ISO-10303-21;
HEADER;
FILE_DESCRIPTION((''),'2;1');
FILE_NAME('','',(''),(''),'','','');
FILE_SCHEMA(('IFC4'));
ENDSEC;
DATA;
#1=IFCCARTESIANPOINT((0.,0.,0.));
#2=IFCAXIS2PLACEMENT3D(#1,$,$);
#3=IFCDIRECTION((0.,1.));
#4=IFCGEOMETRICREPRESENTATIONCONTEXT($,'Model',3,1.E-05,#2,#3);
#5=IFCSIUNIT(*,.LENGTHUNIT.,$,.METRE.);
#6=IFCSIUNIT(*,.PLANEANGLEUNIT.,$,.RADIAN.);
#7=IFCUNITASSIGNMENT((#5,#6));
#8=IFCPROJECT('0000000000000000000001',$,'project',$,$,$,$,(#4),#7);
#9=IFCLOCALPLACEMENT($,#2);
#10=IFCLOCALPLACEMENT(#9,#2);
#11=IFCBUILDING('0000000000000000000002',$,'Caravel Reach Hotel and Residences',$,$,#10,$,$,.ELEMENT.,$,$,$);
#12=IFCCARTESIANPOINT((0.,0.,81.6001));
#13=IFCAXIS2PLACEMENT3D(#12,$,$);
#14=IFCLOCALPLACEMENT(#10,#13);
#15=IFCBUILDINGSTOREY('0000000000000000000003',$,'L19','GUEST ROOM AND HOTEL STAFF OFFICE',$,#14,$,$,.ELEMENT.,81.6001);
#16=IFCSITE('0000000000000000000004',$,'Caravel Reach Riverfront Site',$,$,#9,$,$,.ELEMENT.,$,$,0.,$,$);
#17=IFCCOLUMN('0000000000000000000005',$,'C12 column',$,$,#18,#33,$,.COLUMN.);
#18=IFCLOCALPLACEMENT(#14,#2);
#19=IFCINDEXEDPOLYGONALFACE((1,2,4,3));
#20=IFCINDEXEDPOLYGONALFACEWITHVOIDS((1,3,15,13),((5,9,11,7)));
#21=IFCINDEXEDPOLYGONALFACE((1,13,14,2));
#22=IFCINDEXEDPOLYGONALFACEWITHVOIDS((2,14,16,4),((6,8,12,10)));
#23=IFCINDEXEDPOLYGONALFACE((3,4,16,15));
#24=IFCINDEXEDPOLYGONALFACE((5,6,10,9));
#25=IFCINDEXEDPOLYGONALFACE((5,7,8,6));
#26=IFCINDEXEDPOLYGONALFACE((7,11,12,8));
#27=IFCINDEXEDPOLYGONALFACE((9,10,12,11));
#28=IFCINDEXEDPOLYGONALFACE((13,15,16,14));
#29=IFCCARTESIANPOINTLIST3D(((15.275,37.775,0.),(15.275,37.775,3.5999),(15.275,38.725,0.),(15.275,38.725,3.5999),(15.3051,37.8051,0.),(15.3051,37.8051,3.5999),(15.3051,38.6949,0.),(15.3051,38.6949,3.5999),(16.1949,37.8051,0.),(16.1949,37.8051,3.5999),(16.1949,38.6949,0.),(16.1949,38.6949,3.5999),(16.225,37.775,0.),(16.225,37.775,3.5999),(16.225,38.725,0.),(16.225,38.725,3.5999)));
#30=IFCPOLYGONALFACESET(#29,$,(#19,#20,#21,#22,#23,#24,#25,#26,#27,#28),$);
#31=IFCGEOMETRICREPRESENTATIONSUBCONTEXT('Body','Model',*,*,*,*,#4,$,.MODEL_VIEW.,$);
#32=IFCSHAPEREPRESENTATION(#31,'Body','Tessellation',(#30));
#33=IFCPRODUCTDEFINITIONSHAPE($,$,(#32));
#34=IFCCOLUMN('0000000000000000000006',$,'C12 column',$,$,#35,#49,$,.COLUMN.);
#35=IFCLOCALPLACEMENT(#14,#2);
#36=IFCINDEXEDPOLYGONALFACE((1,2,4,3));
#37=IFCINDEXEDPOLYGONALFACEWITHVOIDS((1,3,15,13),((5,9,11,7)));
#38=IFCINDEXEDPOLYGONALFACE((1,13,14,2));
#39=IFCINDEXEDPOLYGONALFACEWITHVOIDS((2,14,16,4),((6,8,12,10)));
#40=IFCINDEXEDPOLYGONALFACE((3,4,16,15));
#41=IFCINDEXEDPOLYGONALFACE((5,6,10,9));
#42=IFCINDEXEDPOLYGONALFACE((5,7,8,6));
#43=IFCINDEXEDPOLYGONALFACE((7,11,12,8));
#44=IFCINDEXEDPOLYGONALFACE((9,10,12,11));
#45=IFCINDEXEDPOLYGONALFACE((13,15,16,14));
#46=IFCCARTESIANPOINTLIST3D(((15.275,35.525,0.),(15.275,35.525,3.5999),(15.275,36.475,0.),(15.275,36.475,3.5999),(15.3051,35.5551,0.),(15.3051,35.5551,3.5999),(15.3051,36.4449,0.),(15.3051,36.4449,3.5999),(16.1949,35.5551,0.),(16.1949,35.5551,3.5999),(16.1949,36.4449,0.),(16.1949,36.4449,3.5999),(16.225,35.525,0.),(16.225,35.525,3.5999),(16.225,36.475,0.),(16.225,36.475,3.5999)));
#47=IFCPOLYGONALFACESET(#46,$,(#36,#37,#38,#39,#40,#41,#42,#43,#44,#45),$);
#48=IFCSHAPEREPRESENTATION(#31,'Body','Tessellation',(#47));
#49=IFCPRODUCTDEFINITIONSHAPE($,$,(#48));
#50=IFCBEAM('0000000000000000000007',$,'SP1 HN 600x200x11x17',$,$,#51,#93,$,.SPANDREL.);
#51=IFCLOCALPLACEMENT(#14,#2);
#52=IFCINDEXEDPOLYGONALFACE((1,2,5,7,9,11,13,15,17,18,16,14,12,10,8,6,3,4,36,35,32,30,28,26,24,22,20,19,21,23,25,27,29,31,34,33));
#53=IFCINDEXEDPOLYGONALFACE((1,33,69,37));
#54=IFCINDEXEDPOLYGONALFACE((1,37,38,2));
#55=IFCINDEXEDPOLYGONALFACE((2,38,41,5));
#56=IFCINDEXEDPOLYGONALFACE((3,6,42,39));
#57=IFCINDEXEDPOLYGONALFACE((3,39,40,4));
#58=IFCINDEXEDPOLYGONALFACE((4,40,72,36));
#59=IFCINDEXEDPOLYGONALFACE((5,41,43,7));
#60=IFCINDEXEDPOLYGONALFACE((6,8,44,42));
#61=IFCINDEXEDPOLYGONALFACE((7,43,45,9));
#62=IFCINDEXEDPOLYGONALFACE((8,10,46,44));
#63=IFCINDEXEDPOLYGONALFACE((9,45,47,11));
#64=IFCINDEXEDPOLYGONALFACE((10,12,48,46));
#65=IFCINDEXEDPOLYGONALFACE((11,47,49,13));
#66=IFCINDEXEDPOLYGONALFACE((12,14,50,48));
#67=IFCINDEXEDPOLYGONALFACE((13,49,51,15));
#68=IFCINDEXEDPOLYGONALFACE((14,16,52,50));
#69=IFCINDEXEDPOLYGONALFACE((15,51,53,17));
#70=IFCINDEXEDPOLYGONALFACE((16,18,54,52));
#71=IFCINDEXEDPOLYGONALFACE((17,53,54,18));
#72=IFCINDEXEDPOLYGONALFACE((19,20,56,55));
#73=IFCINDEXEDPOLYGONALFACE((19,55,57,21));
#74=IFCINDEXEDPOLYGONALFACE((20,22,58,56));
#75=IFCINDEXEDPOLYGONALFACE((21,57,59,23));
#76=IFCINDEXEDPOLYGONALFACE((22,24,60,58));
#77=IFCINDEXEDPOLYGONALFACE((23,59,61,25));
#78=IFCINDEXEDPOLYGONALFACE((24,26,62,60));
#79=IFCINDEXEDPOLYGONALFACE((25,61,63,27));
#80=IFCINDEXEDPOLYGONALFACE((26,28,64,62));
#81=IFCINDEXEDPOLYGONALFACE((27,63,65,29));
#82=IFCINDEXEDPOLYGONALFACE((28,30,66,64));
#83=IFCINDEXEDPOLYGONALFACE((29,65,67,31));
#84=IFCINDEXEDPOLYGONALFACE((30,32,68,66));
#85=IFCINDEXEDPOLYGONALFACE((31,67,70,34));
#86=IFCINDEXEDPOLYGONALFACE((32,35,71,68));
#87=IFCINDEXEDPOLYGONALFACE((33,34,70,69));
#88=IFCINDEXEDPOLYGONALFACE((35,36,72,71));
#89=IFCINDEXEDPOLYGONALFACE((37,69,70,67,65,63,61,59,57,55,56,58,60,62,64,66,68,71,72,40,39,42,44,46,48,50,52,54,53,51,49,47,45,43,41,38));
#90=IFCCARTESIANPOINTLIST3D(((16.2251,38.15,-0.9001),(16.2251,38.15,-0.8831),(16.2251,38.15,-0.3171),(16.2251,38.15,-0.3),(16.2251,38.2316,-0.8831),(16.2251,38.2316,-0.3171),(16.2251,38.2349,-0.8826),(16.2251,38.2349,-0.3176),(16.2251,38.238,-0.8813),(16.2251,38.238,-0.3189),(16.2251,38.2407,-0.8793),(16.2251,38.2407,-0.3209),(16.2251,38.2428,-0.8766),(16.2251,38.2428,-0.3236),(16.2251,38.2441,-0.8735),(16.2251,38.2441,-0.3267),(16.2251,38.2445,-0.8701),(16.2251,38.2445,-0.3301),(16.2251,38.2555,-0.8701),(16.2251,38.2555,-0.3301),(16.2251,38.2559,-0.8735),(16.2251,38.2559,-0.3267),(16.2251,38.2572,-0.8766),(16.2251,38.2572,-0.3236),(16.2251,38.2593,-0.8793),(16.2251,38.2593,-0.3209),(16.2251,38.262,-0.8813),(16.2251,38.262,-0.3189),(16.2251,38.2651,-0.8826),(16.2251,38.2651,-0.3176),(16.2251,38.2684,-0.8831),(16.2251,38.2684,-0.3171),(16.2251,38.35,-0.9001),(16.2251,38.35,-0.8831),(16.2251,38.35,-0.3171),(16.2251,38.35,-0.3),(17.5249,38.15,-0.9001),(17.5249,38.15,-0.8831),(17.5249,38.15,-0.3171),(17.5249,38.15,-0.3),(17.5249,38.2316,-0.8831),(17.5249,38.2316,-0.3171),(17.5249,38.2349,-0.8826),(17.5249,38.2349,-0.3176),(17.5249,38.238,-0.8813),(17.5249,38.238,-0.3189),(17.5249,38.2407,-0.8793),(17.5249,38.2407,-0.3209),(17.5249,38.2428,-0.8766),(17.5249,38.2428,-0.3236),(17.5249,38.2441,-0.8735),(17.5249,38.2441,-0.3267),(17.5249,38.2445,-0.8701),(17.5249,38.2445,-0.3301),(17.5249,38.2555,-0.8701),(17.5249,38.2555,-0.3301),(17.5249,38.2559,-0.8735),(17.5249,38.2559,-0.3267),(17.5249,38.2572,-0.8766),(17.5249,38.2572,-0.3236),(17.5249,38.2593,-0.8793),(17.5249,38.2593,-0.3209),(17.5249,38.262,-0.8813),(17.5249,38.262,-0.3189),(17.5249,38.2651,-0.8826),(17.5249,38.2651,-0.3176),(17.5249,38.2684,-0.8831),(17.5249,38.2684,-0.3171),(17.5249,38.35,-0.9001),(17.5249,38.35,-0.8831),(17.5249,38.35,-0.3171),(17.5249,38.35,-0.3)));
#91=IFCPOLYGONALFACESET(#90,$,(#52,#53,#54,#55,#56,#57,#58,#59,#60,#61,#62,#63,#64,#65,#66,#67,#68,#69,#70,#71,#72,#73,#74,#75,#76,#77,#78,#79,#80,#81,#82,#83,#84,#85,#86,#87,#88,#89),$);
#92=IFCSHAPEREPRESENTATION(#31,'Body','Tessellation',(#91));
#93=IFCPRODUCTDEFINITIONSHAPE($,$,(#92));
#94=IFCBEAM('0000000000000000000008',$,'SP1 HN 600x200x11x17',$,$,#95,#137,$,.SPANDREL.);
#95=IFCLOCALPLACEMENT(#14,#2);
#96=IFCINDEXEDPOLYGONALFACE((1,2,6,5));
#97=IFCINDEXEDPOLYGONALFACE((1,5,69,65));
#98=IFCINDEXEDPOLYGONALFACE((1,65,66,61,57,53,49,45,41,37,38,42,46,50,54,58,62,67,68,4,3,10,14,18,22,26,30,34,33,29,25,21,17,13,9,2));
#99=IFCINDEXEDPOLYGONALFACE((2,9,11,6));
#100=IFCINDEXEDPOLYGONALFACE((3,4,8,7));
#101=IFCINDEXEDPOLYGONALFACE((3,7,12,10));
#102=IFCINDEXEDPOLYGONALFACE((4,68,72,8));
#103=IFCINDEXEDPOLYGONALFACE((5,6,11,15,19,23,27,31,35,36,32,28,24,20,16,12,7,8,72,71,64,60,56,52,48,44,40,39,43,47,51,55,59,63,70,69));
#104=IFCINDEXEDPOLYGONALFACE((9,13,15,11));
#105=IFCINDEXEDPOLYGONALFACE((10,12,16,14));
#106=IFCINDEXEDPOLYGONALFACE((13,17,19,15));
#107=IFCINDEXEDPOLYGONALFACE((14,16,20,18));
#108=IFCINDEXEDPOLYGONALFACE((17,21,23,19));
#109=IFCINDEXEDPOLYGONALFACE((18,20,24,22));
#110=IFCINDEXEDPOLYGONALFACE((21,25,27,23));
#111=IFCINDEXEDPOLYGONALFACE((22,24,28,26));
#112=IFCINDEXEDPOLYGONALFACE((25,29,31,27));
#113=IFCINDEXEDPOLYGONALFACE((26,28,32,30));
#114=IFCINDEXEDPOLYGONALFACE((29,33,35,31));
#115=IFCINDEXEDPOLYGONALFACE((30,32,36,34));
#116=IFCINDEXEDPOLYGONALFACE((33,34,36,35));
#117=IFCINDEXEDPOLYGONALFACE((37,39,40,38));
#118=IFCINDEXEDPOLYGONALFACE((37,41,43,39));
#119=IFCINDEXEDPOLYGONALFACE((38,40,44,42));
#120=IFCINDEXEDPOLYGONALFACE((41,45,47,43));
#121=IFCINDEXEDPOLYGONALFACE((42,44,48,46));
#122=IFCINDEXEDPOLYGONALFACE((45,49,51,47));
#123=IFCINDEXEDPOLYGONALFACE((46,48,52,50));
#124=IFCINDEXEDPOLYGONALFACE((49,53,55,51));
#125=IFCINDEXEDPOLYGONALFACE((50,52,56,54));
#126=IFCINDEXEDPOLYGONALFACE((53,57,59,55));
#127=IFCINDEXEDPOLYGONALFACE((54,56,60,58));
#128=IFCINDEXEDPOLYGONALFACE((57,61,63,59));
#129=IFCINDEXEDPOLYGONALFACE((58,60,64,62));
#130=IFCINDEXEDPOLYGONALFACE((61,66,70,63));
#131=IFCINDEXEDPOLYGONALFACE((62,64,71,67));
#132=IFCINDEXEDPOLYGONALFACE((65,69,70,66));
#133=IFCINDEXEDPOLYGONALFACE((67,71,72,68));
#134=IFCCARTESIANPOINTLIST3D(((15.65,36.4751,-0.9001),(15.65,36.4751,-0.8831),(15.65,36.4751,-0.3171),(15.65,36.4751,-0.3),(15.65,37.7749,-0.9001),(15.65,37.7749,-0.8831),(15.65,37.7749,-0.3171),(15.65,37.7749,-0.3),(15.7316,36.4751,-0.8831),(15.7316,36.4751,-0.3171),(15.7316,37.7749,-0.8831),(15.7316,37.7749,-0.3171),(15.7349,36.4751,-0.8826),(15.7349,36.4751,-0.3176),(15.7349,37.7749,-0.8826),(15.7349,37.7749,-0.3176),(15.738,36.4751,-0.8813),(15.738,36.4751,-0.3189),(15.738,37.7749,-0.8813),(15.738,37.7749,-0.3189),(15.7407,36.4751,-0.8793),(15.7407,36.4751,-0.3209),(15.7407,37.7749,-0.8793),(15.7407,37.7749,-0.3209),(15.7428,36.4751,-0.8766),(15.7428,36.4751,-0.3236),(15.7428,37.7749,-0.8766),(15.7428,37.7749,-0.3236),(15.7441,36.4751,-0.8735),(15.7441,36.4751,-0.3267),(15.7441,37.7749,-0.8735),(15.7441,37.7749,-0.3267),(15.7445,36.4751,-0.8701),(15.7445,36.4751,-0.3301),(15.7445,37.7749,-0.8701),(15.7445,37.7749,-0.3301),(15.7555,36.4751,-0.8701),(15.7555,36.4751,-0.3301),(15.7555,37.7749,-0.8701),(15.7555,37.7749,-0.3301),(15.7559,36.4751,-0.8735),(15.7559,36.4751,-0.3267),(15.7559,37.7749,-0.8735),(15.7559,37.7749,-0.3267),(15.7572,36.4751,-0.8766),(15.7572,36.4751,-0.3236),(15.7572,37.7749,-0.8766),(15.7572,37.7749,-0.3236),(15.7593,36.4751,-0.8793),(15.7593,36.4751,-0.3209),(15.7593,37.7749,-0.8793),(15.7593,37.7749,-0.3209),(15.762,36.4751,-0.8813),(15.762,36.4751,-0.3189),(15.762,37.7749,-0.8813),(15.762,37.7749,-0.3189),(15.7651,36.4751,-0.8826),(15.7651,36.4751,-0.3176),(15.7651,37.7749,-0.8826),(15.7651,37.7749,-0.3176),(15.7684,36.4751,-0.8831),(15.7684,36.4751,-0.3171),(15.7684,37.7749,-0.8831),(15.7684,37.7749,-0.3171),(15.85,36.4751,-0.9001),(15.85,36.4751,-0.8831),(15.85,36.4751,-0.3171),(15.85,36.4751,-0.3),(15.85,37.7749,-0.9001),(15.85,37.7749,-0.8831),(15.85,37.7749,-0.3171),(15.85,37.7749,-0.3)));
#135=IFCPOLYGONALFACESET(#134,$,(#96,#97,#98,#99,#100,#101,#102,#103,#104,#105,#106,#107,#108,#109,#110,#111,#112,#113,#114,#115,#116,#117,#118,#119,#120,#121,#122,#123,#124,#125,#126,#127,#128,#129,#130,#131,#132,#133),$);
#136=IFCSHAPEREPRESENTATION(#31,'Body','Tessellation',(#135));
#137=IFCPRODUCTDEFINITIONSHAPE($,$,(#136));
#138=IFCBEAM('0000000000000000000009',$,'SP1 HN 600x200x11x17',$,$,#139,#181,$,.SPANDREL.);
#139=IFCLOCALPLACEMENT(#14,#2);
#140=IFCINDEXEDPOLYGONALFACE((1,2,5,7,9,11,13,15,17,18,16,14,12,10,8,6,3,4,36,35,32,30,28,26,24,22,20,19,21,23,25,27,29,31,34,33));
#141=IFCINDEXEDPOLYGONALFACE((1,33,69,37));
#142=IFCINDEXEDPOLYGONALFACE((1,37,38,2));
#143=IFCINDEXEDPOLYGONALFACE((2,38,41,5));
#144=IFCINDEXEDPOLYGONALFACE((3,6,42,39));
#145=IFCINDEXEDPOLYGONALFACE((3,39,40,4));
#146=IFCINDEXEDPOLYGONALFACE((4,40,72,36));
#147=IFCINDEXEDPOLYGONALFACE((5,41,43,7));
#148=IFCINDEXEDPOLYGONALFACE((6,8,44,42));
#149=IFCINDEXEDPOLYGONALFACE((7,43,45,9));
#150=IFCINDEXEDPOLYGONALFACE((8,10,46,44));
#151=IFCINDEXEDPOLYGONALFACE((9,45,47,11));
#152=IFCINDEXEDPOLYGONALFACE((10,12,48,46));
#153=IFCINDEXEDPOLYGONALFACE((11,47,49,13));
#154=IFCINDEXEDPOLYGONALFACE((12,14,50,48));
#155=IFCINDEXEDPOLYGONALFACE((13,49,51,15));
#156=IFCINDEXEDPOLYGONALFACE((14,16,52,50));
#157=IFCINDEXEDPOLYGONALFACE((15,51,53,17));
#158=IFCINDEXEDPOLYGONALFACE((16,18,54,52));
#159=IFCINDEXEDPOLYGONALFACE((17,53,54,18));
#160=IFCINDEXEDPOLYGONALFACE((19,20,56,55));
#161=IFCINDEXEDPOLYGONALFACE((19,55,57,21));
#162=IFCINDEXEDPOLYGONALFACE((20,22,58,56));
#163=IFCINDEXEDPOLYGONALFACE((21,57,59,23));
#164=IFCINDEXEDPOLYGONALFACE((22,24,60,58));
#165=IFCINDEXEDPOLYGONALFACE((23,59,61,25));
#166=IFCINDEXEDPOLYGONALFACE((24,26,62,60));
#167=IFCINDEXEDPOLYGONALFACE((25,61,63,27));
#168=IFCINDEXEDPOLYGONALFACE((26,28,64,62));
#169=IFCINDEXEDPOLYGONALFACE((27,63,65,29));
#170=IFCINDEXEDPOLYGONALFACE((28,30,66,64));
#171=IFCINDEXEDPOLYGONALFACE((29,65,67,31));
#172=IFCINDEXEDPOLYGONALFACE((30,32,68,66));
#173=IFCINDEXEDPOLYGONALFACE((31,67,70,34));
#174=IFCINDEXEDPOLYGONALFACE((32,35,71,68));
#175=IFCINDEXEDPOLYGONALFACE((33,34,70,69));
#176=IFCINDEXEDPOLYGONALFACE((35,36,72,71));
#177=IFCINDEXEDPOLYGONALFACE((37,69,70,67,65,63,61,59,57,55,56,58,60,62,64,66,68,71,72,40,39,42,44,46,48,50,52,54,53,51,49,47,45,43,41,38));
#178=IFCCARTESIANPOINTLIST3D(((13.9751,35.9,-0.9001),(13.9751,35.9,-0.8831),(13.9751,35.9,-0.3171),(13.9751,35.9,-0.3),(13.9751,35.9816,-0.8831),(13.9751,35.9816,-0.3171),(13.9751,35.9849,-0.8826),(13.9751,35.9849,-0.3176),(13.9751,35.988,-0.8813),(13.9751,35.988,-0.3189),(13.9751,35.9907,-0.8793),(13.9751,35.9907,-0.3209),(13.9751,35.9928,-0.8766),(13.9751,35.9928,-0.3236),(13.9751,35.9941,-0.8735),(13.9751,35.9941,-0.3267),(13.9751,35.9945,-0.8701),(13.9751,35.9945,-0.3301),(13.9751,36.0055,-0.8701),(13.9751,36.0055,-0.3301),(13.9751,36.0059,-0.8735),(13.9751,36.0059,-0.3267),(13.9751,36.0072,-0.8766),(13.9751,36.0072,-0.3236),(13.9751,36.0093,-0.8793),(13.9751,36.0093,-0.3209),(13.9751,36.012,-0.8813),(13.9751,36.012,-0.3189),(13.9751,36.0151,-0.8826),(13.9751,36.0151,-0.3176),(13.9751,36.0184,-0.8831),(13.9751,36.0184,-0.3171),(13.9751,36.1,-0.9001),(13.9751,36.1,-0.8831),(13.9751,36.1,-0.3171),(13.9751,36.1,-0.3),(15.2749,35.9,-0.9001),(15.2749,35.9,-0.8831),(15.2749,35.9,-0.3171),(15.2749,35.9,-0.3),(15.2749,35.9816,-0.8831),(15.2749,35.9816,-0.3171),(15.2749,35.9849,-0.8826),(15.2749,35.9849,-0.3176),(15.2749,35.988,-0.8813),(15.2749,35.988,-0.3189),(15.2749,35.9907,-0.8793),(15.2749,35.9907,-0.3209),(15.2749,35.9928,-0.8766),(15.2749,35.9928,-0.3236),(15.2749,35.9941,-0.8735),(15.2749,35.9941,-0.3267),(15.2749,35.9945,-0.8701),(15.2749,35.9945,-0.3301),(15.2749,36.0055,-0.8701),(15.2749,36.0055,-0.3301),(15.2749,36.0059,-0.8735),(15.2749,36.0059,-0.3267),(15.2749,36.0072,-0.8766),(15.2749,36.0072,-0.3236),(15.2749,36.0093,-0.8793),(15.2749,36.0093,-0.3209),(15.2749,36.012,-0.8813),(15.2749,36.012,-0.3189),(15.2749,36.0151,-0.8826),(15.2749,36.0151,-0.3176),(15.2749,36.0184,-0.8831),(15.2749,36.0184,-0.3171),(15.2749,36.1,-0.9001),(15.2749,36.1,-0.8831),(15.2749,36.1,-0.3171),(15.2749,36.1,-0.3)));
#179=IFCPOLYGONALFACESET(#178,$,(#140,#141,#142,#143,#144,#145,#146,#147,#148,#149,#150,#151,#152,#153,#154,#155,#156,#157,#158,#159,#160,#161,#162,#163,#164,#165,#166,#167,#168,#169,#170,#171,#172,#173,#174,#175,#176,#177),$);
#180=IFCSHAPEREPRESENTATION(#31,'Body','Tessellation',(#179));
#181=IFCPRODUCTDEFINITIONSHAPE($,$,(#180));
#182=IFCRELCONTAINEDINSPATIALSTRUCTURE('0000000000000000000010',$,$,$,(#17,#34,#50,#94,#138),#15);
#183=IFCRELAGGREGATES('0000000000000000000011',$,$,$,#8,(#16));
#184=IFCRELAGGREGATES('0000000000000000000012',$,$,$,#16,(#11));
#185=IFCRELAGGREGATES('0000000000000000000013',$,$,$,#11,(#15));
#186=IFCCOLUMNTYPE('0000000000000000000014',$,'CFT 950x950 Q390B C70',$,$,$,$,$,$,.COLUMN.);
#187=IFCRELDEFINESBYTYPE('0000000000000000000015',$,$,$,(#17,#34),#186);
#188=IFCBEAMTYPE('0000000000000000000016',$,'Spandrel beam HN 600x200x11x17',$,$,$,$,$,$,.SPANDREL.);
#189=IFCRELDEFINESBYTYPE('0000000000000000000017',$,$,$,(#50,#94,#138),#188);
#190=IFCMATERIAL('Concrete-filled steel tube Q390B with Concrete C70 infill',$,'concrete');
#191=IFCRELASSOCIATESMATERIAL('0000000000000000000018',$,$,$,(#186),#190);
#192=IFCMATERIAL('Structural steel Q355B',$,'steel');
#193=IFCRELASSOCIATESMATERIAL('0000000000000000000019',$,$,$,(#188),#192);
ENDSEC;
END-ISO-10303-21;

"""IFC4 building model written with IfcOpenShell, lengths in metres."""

from ifc_helpers import new_model, si_unit, direction, frame, origin, origin_2d, place, context, subcontext, project, spatial, hollow_rectangle, i_section, extrude, material, material_profile, profile_set, type_object, element, save


model = new_model("IFC4")

# Units and contexts
model_context = context("Model", 3, precision=1e-05, world=origin(), true_north=direction((0.0, 1.0)))
body_context = subcontext(model_context, "Body", "Model", "MODEL_VIEW")
ifc_project = project(units=[si_unit("LENGTHUNIT", "METRE"), si_unit("PLANEANGLEUNIT", "RADIAN")], contexts=[model_context])

# Site, building, storey
site_placement = place(None, origin())
site = spatial("IfcSite", under=ifc_project, at=site_placement, Name="Caravel Reach Riverfront Site", CompositionType="ELEMENT", RefElevation=0.0)
building_placement = place(site_placement, origin())
building = spatial("IfcBuilding", under=site, at=building_placement, Name="Caravel Reach Hotel and Residences", CompositionType="ELEMENT")
storey_placement = place(building_placement, frame((0.0, 0.0, 81.6001)))
storey = spatial("IfcBuildingStorey", under=building, at=storey_placement, Name="L19", Description="GUEST ROOM AND HOTEL STAFF OFFICE", CompositionType="ELEMENT", Elevation=81.6001)

# Columns
ifc_material_1 = material(Name="Concrete-filled steel tube Q390B with Concrete C70 infill", Category="concrete")
ifc_material_profile_1 = material_profile(ifc_material_1, hollow_rectangle(XDim=0.95, YDim=0.95, WallThickness=0.03, at=origin_2d()), Name="RHS 950x950x30")
ifc_profile_set_1 = profile_set([ifc_material_profile_1], Name="Concrete-filled steel tube Q390B with Concrete C70 infill")
column_type = type_object("IfcColumnType", Name="CFT 950x950 Q390B C70", PredefinedType="COLUMN", material=ifc_profile_set_1)
for number, where, z_axis, x_axis, name in (
    (1, (15.75, 38.25, 0.0), (0.0, 0.0, 1.0), (1.0, 0.0, 0.0), "C12 column"),
    (2, (15.75, 36.0, 0.0), (0.0, 0.0, 1.0), (1.0, 0.0, 0.0), "C12 column"),
):
    element("IfcColumn", number, at=place(storey_placement, frame(where, z_axis=z_axis, x_axis=x_axis)), inside=storey, type_object=column_type, Name=name, PredefinedType="COLUMN", context=body_context, shape_type="SweptSolid", body=[
        extrude(hollow_rectangle(XDim=0.95, YDim=0.95, WallThickness=0.03, at=origin_2d()), origin(), (0.0, 0.0, 1.0), 3.5999),
    ])

# Beams
ifc_material_2 = material(Name="Structural steel Q355B", Category="steel")
ifc_material_profile_2 = material_profile(ifc_material_2, i_section(OverallWidth=0.2, OverallDepth=0.6001, WebThickness=0.011, FlangeThickness=0.0171, FilletRadius=0.0129, at=origin_2d()), Name="HN 600x200x11x17")
ifc_profile_set_2 = profile_set([ifc_material_profile_2], Name="Structural steel Q355B")
beam_type = type_object("IfcBeamType", Name="Spandrel beam HN 600x200x11x17", PredefinedType="SPANDREL", material=ifc_profile_set_2)
for number, where, z_axis, x_axis, name in (
    (3, (17.5249, 38.25, -0.6001), (-1.0, 0.0, 0.0), (0.0, -1.0, 0.0), "SP1 HN 600x200x11x17"),
    (4, (15.75, 37.7749, -0.6001), (0.0, -1.0, 0.0), (1.0, 0.0, 0.0), "SP1 HN 600x200x11x17"),
    (5, (15.2749, 36.0, -0.6001), (-1.0, 0.0, 0.0), (0.0, -1.0, 0.0), "SP1 HN 600x200x11x17"),
):
    element("IfcBeam", number, at=place(storey_placement, frame(where, z_axis=z_axis, x_axis=x_axis)), inside=storey, type_object=beam_type, Name=name, PredefinedType="SPANDREL", context=body_context, shape_type="SweptSolid", body=[
        extrude(i_section(OverallWidth=0.2, OverallDepth=0.6001, WebThickness=0.011, FlangeThickness=0.0171, FilletRadius=0.0129, at=origin_2d()), origin(), (0.0, 0.0, 1.0), 1.2998),
    ])

save(model, "model.ifc")
